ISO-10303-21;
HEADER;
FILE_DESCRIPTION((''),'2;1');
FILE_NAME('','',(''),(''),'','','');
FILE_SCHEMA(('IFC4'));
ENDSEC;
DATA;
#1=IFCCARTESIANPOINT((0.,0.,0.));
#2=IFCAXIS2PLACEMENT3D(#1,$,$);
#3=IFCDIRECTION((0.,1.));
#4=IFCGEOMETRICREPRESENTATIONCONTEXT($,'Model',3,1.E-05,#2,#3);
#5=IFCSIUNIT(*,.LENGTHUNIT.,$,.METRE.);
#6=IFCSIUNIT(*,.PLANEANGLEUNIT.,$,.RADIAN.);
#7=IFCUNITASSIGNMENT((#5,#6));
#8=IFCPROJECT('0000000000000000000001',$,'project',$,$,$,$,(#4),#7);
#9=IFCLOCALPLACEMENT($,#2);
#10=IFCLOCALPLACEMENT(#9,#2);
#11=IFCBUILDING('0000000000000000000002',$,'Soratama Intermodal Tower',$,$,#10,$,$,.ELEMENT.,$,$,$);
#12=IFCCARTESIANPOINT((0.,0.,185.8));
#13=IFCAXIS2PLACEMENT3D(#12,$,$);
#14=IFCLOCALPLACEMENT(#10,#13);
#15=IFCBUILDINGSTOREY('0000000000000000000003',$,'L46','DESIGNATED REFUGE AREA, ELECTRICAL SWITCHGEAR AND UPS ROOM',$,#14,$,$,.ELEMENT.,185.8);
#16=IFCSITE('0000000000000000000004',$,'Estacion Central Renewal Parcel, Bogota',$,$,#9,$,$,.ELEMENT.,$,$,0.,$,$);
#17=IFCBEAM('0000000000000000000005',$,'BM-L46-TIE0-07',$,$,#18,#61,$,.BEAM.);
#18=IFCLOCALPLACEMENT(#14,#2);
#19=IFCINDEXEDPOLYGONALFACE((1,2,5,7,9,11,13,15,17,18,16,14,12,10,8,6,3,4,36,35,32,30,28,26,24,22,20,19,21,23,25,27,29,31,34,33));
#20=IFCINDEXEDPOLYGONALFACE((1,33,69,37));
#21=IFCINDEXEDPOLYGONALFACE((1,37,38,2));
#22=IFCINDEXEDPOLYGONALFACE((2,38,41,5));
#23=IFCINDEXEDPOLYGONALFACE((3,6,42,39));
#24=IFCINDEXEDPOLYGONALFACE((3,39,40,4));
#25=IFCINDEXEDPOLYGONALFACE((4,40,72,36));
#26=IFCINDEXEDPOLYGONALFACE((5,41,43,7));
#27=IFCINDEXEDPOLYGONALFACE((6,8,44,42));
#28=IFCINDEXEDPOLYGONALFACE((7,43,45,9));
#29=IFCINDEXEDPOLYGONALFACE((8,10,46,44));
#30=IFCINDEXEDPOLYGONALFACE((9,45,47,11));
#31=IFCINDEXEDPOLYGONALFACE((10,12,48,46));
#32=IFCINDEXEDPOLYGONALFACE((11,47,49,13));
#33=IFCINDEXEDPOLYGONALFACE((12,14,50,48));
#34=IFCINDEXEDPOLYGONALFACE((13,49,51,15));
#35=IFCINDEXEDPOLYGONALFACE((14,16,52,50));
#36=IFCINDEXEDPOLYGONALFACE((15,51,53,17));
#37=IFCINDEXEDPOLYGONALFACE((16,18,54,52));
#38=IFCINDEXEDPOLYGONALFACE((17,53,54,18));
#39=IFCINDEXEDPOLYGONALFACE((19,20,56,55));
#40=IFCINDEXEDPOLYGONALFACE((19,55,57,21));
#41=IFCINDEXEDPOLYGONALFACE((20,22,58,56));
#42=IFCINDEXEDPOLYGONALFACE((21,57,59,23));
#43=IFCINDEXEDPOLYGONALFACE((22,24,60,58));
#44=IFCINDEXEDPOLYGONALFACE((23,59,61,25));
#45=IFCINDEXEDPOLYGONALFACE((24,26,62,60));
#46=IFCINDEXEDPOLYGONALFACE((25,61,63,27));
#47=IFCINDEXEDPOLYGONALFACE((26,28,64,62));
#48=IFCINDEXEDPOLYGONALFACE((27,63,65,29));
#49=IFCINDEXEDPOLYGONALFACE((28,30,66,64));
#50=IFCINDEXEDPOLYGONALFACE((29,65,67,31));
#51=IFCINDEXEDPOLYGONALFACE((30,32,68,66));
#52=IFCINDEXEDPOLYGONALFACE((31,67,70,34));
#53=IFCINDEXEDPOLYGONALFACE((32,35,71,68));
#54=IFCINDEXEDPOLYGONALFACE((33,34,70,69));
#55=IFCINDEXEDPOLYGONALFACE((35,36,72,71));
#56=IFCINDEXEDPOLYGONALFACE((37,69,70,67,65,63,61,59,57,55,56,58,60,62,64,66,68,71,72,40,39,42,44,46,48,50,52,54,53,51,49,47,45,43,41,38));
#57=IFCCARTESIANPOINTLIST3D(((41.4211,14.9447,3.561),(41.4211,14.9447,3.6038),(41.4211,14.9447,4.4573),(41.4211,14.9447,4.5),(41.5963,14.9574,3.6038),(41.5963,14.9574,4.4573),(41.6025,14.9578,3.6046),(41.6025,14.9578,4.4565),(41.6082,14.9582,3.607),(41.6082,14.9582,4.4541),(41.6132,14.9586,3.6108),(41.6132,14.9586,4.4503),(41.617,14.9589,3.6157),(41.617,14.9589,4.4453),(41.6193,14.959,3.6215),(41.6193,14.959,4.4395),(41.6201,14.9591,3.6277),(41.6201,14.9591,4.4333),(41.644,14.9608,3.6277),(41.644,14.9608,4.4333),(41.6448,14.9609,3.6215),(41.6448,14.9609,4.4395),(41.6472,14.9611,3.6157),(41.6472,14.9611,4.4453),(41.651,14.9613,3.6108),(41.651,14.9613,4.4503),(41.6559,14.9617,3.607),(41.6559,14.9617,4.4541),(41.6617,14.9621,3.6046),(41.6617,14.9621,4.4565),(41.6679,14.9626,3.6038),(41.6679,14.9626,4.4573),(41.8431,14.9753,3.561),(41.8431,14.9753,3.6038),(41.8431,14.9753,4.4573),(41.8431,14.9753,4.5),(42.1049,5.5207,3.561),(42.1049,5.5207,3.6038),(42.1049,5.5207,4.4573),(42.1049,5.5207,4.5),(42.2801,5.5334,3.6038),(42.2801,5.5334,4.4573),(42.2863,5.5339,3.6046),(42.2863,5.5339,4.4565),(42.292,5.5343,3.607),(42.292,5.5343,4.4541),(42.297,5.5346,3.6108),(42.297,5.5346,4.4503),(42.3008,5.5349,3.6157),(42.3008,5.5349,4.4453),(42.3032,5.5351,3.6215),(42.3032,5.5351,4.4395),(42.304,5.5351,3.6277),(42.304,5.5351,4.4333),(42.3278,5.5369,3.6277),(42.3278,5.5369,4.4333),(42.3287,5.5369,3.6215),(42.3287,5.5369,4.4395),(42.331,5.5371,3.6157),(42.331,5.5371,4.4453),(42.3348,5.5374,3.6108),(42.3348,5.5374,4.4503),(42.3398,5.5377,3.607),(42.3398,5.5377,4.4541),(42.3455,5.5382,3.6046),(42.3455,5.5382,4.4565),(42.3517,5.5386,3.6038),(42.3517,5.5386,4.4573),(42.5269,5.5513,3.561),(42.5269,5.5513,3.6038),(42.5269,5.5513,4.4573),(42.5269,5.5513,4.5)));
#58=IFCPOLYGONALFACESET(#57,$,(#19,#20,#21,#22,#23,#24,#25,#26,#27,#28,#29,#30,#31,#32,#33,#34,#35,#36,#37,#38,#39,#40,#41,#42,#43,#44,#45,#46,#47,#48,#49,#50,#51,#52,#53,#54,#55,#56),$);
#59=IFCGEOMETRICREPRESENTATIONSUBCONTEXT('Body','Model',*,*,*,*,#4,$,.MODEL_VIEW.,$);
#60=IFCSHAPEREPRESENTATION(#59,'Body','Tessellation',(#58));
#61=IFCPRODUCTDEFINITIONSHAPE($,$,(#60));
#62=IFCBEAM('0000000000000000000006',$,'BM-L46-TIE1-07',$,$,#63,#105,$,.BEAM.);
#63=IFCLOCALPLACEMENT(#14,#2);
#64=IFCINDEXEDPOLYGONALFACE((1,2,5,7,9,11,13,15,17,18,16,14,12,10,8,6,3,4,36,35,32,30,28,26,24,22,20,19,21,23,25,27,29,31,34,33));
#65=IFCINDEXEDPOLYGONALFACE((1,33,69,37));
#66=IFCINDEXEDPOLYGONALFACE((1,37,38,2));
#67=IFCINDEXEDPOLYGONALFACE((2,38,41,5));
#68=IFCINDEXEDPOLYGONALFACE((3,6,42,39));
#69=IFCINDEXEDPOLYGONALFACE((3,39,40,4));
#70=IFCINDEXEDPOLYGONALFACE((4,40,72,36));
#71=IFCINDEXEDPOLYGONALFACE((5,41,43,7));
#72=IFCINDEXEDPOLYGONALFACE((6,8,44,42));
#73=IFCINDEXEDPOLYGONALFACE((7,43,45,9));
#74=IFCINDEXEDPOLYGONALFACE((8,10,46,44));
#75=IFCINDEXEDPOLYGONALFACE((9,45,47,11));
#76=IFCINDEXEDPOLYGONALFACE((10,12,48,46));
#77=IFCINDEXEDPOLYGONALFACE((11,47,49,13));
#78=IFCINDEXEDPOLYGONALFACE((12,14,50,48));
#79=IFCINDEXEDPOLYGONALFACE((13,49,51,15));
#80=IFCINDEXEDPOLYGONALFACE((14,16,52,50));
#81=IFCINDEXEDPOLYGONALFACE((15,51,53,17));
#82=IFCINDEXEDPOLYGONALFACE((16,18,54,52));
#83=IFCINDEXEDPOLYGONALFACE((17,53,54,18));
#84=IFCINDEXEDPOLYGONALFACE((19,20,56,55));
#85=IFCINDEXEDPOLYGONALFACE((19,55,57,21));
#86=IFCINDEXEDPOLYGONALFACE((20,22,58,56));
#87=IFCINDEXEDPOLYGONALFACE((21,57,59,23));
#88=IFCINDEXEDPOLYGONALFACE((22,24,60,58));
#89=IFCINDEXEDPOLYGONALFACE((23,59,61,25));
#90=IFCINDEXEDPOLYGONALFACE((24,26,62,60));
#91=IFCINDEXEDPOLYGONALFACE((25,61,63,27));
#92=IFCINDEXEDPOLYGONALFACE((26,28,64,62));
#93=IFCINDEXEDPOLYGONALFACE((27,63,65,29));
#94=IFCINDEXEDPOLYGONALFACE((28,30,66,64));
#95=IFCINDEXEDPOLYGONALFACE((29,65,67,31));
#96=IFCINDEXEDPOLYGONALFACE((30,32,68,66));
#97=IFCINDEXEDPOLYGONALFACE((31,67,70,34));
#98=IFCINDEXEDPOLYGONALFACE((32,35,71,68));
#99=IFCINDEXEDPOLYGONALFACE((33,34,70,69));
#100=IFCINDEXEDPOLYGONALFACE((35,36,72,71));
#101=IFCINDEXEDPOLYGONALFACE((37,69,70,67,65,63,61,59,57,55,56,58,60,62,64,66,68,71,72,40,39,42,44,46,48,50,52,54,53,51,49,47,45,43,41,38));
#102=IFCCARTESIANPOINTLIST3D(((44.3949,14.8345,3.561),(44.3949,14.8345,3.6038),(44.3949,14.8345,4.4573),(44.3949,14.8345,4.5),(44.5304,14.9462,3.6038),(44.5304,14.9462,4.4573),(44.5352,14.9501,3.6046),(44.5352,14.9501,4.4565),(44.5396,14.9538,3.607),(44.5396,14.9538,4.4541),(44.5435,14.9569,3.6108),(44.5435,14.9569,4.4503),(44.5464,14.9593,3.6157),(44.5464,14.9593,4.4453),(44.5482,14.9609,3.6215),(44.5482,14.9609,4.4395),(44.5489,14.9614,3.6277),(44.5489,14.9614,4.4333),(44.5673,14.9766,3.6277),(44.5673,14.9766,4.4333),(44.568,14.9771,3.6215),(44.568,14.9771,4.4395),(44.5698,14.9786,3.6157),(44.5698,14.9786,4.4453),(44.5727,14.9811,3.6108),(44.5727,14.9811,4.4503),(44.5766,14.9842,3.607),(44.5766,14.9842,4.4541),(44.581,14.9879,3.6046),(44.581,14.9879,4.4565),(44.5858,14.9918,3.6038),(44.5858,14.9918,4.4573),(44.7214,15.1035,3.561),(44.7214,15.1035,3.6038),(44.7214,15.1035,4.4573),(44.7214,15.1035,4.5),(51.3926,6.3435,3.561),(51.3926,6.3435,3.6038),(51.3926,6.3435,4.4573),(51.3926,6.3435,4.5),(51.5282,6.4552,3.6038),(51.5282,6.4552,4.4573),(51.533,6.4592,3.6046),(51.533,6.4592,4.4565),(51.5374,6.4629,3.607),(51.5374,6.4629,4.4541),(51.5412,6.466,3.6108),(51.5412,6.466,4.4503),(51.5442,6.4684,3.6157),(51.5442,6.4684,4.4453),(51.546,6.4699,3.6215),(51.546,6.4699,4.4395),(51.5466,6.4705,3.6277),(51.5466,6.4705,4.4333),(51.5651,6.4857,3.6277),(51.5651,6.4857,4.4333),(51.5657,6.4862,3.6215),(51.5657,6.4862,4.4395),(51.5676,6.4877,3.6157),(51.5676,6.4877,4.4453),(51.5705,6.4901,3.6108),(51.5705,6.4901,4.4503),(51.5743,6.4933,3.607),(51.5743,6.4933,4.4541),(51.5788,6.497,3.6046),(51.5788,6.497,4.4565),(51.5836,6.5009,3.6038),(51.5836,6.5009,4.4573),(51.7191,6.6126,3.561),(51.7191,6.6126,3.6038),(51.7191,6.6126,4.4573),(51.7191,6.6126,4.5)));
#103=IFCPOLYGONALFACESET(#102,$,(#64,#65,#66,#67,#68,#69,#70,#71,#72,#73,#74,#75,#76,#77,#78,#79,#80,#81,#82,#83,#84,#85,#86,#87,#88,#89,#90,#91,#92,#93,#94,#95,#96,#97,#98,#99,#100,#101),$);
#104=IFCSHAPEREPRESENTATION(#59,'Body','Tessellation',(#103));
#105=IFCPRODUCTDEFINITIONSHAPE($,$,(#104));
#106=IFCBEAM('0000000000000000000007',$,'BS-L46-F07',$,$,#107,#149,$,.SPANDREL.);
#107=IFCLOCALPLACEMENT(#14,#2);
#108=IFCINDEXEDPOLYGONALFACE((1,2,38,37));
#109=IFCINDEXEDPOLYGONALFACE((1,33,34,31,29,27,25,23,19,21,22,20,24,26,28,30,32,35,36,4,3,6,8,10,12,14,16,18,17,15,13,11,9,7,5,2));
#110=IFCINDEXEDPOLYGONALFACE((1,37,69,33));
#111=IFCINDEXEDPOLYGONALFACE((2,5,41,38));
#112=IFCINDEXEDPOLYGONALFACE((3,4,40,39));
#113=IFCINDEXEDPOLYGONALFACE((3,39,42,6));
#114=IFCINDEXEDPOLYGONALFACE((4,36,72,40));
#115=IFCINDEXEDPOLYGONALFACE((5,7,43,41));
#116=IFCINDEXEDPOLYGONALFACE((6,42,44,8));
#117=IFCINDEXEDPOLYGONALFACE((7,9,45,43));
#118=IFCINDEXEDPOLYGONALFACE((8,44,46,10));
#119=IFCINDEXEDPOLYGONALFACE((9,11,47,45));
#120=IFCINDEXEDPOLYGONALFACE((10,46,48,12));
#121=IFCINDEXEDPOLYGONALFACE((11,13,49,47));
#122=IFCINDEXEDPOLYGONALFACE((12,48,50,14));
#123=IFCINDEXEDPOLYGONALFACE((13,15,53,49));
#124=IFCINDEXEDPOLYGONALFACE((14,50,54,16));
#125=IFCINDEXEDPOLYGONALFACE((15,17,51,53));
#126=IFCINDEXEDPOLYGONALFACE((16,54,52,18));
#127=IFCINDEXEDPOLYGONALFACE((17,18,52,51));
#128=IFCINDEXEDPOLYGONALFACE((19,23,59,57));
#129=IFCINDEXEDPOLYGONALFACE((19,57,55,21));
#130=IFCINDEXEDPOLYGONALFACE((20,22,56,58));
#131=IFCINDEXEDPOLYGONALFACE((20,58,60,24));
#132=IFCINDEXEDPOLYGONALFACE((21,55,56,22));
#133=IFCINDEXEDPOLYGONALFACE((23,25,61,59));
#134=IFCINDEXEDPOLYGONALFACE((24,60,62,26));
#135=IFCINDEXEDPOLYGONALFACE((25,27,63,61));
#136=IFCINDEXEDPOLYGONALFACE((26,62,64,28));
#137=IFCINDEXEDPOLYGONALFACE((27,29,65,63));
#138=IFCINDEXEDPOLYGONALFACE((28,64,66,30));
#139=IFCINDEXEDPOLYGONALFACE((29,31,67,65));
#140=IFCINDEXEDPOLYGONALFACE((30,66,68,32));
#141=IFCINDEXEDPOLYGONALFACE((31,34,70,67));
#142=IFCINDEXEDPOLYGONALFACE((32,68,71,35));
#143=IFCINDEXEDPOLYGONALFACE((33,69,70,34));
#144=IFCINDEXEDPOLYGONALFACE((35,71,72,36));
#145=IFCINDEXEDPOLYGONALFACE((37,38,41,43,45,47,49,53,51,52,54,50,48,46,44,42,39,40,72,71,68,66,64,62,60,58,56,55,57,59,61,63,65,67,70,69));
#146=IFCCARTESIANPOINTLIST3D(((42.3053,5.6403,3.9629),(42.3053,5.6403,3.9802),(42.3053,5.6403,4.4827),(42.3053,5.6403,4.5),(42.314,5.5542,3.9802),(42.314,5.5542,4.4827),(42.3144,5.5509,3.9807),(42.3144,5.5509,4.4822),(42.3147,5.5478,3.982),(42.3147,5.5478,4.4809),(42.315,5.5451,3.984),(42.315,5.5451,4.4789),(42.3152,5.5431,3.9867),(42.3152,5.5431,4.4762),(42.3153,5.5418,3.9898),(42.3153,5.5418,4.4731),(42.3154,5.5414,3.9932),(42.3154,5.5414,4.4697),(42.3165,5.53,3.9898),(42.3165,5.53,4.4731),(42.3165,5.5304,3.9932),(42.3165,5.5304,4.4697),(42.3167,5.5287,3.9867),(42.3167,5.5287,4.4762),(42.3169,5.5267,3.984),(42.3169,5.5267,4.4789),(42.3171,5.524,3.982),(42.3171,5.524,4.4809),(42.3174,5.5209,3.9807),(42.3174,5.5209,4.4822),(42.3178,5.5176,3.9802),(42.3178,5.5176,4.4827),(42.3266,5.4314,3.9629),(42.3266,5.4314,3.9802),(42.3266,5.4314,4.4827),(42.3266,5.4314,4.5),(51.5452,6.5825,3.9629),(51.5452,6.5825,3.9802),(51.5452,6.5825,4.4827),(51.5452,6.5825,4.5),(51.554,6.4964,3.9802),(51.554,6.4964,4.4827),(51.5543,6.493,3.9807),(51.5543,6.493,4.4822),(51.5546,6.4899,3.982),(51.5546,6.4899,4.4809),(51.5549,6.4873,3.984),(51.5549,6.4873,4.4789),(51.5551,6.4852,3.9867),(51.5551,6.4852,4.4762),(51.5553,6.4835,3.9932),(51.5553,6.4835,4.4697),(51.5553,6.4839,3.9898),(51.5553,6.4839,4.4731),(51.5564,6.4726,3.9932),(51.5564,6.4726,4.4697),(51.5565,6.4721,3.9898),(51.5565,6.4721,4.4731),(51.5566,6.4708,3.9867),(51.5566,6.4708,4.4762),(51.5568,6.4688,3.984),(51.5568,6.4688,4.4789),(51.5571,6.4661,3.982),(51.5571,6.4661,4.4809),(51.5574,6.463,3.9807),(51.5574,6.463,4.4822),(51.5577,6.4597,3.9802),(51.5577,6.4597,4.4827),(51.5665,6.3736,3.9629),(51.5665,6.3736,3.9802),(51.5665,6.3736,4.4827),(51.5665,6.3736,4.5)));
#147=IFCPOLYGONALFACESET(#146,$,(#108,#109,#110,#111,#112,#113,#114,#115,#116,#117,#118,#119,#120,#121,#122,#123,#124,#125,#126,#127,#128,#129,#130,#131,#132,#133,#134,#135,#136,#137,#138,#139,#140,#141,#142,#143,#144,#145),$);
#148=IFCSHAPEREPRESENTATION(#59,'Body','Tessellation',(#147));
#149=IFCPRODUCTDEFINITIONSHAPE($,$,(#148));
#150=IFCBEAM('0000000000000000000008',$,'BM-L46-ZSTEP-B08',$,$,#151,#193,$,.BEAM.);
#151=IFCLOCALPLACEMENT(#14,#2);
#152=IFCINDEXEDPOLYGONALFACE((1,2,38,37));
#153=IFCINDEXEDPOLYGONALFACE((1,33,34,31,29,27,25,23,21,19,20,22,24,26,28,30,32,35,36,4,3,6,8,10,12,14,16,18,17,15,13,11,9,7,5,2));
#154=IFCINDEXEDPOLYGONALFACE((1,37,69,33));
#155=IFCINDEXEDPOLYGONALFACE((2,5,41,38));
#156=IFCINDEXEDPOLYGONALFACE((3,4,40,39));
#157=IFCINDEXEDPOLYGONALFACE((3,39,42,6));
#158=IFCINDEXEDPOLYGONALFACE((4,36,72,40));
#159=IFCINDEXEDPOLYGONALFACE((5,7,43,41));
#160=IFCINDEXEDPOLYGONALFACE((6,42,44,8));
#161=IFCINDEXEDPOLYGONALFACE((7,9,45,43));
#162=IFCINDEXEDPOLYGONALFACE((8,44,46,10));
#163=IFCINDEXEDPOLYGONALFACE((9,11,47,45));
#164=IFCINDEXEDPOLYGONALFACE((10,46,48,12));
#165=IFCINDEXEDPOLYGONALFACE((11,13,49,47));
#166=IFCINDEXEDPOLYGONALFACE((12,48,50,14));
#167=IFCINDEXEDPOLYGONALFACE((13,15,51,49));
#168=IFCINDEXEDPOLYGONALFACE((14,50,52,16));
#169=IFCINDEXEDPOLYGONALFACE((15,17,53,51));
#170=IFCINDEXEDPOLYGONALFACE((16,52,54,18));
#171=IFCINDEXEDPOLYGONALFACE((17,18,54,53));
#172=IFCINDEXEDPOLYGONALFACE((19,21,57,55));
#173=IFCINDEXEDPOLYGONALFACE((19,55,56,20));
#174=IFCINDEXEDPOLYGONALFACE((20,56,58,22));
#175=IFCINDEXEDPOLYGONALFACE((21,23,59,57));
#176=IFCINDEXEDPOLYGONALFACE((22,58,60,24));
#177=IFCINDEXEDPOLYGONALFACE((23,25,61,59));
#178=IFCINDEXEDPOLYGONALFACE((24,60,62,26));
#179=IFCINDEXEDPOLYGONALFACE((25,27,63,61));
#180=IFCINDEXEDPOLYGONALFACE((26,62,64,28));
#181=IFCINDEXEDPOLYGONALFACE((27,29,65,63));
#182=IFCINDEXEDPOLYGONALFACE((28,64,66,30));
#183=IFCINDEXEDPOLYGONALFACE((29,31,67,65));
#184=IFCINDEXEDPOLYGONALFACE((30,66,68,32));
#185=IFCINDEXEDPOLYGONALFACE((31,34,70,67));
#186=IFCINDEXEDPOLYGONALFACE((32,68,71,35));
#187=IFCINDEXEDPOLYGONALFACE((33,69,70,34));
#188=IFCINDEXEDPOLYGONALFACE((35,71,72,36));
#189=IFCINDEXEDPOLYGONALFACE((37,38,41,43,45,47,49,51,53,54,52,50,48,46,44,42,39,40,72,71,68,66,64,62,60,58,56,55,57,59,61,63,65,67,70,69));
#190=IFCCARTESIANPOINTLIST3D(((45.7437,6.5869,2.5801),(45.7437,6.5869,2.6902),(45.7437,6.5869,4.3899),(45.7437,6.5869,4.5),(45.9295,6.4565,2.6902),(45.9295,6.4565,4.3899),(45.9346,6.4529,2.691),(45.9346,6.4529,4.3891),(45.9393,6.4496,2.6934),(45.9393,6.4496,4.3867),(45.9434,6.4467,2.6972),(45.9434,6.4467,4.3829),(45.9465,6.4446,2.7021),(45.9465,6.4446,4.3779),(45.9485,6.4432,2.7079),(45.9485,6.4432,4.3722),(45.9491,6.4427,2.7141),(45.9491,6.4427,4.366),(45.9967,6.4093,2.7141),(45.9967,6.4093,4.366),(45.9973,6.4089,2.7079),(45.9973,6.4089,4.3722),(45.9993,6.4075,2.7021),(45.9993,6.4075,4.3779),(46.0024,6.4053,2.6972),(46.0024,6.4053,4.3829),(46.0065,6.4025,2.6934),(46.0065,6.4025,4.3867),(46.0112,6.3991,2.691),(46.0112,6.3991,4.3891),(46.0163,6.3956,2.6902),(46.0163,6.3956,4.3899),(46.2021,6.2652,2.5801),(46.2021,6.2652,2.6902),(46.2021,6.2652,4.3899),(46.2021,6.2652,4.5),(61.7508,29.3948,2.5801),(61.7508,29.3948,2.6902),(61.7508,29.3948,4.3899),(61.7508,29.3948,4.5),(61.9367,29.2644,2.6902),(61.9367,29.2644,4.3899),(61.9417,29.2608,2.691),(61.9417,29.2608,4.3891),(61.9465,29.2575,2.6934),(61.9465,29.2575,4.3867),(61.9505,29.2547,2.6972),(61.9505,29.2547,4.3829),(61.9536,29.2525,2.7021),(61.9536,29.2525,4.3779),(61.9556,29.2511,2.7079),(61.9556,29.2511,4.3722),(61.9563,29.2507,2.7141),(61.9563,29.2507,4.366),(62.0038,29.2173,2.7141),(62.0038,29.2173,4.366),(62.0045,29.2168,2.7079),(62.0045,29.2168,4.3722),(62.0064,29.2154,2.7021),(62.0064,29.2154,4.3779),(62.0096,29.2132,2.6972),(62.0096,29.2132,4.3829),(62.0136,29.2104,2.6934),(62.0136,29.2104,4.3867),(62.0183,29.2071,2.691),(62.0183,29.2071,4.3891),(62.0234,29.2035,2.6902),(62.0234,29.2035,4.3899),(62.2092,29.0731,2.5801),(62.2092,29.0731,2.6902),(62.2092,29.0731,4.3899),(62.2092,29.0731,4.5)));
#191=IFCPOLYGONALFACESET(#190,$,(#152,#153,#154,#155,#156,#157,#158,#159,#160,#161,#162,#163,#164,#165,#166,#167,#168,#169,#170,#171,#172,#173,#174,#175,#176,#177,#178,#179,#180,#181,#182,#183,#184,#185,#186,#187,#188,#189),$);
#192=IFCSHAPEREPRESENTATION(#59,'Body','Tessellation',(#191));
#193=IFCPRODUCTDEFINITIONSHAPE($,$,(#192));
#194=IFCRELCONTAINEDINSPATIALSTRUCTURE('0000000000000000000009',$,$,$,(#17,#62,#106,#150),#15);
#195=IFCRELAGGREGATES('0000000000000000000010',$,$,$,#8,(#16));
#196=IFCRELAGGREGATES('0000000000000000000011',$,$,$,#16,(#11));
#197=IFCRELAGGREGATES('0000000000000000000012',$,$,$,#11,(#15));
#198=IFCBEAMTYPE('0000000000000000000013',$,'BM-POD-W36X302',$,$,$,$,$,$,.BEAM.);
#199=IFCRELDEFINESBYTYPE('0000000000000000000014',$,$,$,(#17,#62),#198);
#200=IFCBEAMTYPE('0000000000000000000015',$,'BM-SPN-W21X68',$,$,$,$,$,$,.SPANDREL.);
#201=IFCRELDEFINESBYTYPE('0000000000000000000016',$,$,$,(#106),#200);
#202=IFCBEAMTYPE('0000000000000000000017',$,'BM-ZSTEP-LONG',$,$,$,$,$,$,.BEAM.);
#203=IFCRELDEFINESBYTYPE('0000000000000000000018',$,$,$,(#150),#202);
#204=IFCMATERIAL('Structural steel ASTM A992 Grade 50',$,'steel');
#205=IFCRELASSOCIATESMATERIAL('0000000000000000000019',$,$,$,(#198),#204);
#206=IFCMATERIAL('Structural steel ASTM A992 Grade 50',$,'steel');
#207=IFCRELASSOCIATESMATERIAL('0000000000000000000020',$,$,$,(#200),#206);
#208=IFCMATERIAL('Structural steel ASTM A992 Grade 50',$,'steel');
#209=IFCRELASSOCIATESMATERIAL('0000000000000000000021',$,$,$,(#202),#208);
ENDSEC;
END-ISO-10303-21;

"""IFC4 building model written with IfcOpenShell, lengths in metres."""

from ifc_helpers import new_model, si_unit, direction, frame, origin, origin_2d, place, context, subcontext, project, spatial, i_section, extrude, material, material_profile, profile_set, type_object, element, save


model = new_model("IFC4")

# Units and contexts
model_context = context("Model", 3, precision=1e-05, world=origin(), true_north=direction((0.0, 1.0)))
body_context = subcontext(model_context, "Body", "Model", "MODEL_VIEW")
ifc_project = project(units=[si_unit("LENGTHUNIT", "METRE"), si_unit("PLANEANGLEUNIT", "RADIAN")], contexts=[model_context])

# Site, building, storey
site_placement = place(None, origin())
site = spatial("IfcSite", under=ifc_project, at=site_placement, Name="Estacion Central Renewal Parcel, Bogota", CompositionType="ELEMENT", RefElevation=0.0)
building_placement = place(site_placement, origin())
building = spatial("IfcBuilding", under=site, at=building_placement, Name="Soratama Intermodal Tower", CompositionType="ELEMENT")
storey_placement = place(building_placement, frame((0.0, 0.0, 185.8)))
storey = spatial("IfcBuildingStorey", under=building, at=storey_placement, Name="L46", Description="DESIGNATED REFUGE AREA, ELECTRICAL SWITCHGEAR AND UPS ROOM", CompositionType="ELEMENT", Elevation=185.8)

# Beams
ifc_material_1 = material(Name="Structural steel ASTM A992 Grade 50", Category="steel")
ifc_material_profile_1 = material_profile(ifc_material_1, i_section(OverallWidth=0.4231, OverallDepth=0.939, WebThickness=0.0239, FlangeThickness=0.0427, FilletRadius=0.0239, at=origin_2d()), Name="W36X302")
ifc_profile_set_1 = profile_set([ifc_material_profile_1], Name="Structural steel ASTM A992 Grade 50")
beam_type_1 = type_object("IfcBeamType", Name="BM-POD-W36X302", PredefinedType="BEAM", material=ifc_profile_set_1)
beam_1_placement = place(storey_placement, frame((41.6321, 14.96, 4.0305), z_axis=(0.072373, -0.997378, 0.0), x_axis=(0.997378, 0.072373, 0.0)))
element("IfcBeam", 1, at=beam_1_placement, inside=storey, type_object=beam_type_1, Name="BM-L46-TIE0-07", PredefinedType="BEAM", context=body_context, shape_type="SweptSolid", body=[
    extrude(i_section(OverallWidth=0.4231, OverallDepth=0.939, WebThickness=0.0239, FlangeThickness=0.0427, FilletRadius=0.0239, at=origin_2d()), origin(), (0.0, 0.0, 1.0), 9.4487),
])
beam_2_placement = place(storey_placement, frame((44.5581, 14.969, 4.0305), z_axis=(0.635991, -0.771696, 0.0), x_axis=(0.771696, 0.635991, 0.0)))
element("IfcBeam", 2, at=beam_2_placement, inside=storey, type_object=beam_type_1, Name="BM-L46-TIE1-07", PredefinedType="BEAM", context=body_context, shape_type="SweptSolid", body=[
    extrude(i_section(OverallWidth=0.4231, OverallDepth=0.939, WebThickness=0.0239, FlangeThickness=0.0427, FilletRadius=0.0239, at=origin_2d()), origin(), (0.0, 0.0, 1.0), 11.0029),
])
ifc_material_2 = material(Name="Structural steel ASTM A992 Grade 50", Category="steel")
ifc_material_profile_2 = material_profile(ifc_material_2, i_section(OverallWidth=0.21, OverallDepth=0.5371, WebThickness=0.011, FlangeThickness=0.0173, FilletRadius=0.0129, at=origin_2d()), Name="W21X68")
ifc_profile_set_2 = profile_set([ifc_material_profile_2], Name="Structural steel ASTM A992 Grade 50")
beam_type_2 = type_object("IfcBeamType", Name="BM-SPN-W21X68", PredefinedType="SPANDREL", material=ifc_profile_set_2)
beam_3_placement = place(storey_placement, frame((42.3159, 5.5359, 4.2314), z_axis=(0.994842, 0.101437, 0.0), x_axis=(-0.101437, 0.994842, 0.0)))
element("IfcBeam", 3, at=beam_3_placement, inside=storey, type_object=beam_type_2, Name="BS-L46-F07", PredefinedType="SPANDREL", context=body_context, shape_type="SweptSolid", body=[
    extrude(i_section(OverallWidth=0.21, OverallDepth=0.5371, WebThickness=0.011, FlangeThickness=0.0173, FilletRadius=0.0129, at=origin_2d()), origin(), (0.0, 0.0, 1.0), 9.2878),
])
ifc_material_3 = material(Name="Structural steel ASTM A992 Grade 50", Category="steel")
ifc_material_profile_3 = material_profile(ifc_material_3, i_section(OverallWidth=0.5601, OverallDepth=1.9199, WebThickness=0.0581, FlangeThickness=0.1101, FilletRadius=0.0239, at=origin_2d()), Name="PG2150X720")
ifc_profile_set_3 = profile_set([ifc_material_profile_3], Name="Structural steel ASTM A992 Grade 50")
beam_type_3 = type_object("IfcBeamType", Name="BM-ZSTEP-LONG", PredefinedType="BEAM", material=ifc_profile_set_3)
beam_4_placement = place(storey_placement, frame((45.9729, 6.426, 3.54), z_axis=(0.574463, 0.81853, 0.0), x_axis=(-0.81853, 0.574463, 0.0)))
element("IfcBeam", 4, at=beam_4_placement, inside=storey, type_object=beam_type_3, Name="BM-L46-ZSTEP-B08", PredefinedType="BEAM", context=body_context, shape_type="SweptSolid", body=[
    extrude(i_section(OverallWidth=0.5601, OverallDepth=1.9199, WebThickness=0.0581, FlangeThickness=0.1101, FilletRadius=0.0239, at=origin_2d()), origin(), (0.0, 0.0, 1.0), 27.8645),
])

save(model, "model.ifc")
